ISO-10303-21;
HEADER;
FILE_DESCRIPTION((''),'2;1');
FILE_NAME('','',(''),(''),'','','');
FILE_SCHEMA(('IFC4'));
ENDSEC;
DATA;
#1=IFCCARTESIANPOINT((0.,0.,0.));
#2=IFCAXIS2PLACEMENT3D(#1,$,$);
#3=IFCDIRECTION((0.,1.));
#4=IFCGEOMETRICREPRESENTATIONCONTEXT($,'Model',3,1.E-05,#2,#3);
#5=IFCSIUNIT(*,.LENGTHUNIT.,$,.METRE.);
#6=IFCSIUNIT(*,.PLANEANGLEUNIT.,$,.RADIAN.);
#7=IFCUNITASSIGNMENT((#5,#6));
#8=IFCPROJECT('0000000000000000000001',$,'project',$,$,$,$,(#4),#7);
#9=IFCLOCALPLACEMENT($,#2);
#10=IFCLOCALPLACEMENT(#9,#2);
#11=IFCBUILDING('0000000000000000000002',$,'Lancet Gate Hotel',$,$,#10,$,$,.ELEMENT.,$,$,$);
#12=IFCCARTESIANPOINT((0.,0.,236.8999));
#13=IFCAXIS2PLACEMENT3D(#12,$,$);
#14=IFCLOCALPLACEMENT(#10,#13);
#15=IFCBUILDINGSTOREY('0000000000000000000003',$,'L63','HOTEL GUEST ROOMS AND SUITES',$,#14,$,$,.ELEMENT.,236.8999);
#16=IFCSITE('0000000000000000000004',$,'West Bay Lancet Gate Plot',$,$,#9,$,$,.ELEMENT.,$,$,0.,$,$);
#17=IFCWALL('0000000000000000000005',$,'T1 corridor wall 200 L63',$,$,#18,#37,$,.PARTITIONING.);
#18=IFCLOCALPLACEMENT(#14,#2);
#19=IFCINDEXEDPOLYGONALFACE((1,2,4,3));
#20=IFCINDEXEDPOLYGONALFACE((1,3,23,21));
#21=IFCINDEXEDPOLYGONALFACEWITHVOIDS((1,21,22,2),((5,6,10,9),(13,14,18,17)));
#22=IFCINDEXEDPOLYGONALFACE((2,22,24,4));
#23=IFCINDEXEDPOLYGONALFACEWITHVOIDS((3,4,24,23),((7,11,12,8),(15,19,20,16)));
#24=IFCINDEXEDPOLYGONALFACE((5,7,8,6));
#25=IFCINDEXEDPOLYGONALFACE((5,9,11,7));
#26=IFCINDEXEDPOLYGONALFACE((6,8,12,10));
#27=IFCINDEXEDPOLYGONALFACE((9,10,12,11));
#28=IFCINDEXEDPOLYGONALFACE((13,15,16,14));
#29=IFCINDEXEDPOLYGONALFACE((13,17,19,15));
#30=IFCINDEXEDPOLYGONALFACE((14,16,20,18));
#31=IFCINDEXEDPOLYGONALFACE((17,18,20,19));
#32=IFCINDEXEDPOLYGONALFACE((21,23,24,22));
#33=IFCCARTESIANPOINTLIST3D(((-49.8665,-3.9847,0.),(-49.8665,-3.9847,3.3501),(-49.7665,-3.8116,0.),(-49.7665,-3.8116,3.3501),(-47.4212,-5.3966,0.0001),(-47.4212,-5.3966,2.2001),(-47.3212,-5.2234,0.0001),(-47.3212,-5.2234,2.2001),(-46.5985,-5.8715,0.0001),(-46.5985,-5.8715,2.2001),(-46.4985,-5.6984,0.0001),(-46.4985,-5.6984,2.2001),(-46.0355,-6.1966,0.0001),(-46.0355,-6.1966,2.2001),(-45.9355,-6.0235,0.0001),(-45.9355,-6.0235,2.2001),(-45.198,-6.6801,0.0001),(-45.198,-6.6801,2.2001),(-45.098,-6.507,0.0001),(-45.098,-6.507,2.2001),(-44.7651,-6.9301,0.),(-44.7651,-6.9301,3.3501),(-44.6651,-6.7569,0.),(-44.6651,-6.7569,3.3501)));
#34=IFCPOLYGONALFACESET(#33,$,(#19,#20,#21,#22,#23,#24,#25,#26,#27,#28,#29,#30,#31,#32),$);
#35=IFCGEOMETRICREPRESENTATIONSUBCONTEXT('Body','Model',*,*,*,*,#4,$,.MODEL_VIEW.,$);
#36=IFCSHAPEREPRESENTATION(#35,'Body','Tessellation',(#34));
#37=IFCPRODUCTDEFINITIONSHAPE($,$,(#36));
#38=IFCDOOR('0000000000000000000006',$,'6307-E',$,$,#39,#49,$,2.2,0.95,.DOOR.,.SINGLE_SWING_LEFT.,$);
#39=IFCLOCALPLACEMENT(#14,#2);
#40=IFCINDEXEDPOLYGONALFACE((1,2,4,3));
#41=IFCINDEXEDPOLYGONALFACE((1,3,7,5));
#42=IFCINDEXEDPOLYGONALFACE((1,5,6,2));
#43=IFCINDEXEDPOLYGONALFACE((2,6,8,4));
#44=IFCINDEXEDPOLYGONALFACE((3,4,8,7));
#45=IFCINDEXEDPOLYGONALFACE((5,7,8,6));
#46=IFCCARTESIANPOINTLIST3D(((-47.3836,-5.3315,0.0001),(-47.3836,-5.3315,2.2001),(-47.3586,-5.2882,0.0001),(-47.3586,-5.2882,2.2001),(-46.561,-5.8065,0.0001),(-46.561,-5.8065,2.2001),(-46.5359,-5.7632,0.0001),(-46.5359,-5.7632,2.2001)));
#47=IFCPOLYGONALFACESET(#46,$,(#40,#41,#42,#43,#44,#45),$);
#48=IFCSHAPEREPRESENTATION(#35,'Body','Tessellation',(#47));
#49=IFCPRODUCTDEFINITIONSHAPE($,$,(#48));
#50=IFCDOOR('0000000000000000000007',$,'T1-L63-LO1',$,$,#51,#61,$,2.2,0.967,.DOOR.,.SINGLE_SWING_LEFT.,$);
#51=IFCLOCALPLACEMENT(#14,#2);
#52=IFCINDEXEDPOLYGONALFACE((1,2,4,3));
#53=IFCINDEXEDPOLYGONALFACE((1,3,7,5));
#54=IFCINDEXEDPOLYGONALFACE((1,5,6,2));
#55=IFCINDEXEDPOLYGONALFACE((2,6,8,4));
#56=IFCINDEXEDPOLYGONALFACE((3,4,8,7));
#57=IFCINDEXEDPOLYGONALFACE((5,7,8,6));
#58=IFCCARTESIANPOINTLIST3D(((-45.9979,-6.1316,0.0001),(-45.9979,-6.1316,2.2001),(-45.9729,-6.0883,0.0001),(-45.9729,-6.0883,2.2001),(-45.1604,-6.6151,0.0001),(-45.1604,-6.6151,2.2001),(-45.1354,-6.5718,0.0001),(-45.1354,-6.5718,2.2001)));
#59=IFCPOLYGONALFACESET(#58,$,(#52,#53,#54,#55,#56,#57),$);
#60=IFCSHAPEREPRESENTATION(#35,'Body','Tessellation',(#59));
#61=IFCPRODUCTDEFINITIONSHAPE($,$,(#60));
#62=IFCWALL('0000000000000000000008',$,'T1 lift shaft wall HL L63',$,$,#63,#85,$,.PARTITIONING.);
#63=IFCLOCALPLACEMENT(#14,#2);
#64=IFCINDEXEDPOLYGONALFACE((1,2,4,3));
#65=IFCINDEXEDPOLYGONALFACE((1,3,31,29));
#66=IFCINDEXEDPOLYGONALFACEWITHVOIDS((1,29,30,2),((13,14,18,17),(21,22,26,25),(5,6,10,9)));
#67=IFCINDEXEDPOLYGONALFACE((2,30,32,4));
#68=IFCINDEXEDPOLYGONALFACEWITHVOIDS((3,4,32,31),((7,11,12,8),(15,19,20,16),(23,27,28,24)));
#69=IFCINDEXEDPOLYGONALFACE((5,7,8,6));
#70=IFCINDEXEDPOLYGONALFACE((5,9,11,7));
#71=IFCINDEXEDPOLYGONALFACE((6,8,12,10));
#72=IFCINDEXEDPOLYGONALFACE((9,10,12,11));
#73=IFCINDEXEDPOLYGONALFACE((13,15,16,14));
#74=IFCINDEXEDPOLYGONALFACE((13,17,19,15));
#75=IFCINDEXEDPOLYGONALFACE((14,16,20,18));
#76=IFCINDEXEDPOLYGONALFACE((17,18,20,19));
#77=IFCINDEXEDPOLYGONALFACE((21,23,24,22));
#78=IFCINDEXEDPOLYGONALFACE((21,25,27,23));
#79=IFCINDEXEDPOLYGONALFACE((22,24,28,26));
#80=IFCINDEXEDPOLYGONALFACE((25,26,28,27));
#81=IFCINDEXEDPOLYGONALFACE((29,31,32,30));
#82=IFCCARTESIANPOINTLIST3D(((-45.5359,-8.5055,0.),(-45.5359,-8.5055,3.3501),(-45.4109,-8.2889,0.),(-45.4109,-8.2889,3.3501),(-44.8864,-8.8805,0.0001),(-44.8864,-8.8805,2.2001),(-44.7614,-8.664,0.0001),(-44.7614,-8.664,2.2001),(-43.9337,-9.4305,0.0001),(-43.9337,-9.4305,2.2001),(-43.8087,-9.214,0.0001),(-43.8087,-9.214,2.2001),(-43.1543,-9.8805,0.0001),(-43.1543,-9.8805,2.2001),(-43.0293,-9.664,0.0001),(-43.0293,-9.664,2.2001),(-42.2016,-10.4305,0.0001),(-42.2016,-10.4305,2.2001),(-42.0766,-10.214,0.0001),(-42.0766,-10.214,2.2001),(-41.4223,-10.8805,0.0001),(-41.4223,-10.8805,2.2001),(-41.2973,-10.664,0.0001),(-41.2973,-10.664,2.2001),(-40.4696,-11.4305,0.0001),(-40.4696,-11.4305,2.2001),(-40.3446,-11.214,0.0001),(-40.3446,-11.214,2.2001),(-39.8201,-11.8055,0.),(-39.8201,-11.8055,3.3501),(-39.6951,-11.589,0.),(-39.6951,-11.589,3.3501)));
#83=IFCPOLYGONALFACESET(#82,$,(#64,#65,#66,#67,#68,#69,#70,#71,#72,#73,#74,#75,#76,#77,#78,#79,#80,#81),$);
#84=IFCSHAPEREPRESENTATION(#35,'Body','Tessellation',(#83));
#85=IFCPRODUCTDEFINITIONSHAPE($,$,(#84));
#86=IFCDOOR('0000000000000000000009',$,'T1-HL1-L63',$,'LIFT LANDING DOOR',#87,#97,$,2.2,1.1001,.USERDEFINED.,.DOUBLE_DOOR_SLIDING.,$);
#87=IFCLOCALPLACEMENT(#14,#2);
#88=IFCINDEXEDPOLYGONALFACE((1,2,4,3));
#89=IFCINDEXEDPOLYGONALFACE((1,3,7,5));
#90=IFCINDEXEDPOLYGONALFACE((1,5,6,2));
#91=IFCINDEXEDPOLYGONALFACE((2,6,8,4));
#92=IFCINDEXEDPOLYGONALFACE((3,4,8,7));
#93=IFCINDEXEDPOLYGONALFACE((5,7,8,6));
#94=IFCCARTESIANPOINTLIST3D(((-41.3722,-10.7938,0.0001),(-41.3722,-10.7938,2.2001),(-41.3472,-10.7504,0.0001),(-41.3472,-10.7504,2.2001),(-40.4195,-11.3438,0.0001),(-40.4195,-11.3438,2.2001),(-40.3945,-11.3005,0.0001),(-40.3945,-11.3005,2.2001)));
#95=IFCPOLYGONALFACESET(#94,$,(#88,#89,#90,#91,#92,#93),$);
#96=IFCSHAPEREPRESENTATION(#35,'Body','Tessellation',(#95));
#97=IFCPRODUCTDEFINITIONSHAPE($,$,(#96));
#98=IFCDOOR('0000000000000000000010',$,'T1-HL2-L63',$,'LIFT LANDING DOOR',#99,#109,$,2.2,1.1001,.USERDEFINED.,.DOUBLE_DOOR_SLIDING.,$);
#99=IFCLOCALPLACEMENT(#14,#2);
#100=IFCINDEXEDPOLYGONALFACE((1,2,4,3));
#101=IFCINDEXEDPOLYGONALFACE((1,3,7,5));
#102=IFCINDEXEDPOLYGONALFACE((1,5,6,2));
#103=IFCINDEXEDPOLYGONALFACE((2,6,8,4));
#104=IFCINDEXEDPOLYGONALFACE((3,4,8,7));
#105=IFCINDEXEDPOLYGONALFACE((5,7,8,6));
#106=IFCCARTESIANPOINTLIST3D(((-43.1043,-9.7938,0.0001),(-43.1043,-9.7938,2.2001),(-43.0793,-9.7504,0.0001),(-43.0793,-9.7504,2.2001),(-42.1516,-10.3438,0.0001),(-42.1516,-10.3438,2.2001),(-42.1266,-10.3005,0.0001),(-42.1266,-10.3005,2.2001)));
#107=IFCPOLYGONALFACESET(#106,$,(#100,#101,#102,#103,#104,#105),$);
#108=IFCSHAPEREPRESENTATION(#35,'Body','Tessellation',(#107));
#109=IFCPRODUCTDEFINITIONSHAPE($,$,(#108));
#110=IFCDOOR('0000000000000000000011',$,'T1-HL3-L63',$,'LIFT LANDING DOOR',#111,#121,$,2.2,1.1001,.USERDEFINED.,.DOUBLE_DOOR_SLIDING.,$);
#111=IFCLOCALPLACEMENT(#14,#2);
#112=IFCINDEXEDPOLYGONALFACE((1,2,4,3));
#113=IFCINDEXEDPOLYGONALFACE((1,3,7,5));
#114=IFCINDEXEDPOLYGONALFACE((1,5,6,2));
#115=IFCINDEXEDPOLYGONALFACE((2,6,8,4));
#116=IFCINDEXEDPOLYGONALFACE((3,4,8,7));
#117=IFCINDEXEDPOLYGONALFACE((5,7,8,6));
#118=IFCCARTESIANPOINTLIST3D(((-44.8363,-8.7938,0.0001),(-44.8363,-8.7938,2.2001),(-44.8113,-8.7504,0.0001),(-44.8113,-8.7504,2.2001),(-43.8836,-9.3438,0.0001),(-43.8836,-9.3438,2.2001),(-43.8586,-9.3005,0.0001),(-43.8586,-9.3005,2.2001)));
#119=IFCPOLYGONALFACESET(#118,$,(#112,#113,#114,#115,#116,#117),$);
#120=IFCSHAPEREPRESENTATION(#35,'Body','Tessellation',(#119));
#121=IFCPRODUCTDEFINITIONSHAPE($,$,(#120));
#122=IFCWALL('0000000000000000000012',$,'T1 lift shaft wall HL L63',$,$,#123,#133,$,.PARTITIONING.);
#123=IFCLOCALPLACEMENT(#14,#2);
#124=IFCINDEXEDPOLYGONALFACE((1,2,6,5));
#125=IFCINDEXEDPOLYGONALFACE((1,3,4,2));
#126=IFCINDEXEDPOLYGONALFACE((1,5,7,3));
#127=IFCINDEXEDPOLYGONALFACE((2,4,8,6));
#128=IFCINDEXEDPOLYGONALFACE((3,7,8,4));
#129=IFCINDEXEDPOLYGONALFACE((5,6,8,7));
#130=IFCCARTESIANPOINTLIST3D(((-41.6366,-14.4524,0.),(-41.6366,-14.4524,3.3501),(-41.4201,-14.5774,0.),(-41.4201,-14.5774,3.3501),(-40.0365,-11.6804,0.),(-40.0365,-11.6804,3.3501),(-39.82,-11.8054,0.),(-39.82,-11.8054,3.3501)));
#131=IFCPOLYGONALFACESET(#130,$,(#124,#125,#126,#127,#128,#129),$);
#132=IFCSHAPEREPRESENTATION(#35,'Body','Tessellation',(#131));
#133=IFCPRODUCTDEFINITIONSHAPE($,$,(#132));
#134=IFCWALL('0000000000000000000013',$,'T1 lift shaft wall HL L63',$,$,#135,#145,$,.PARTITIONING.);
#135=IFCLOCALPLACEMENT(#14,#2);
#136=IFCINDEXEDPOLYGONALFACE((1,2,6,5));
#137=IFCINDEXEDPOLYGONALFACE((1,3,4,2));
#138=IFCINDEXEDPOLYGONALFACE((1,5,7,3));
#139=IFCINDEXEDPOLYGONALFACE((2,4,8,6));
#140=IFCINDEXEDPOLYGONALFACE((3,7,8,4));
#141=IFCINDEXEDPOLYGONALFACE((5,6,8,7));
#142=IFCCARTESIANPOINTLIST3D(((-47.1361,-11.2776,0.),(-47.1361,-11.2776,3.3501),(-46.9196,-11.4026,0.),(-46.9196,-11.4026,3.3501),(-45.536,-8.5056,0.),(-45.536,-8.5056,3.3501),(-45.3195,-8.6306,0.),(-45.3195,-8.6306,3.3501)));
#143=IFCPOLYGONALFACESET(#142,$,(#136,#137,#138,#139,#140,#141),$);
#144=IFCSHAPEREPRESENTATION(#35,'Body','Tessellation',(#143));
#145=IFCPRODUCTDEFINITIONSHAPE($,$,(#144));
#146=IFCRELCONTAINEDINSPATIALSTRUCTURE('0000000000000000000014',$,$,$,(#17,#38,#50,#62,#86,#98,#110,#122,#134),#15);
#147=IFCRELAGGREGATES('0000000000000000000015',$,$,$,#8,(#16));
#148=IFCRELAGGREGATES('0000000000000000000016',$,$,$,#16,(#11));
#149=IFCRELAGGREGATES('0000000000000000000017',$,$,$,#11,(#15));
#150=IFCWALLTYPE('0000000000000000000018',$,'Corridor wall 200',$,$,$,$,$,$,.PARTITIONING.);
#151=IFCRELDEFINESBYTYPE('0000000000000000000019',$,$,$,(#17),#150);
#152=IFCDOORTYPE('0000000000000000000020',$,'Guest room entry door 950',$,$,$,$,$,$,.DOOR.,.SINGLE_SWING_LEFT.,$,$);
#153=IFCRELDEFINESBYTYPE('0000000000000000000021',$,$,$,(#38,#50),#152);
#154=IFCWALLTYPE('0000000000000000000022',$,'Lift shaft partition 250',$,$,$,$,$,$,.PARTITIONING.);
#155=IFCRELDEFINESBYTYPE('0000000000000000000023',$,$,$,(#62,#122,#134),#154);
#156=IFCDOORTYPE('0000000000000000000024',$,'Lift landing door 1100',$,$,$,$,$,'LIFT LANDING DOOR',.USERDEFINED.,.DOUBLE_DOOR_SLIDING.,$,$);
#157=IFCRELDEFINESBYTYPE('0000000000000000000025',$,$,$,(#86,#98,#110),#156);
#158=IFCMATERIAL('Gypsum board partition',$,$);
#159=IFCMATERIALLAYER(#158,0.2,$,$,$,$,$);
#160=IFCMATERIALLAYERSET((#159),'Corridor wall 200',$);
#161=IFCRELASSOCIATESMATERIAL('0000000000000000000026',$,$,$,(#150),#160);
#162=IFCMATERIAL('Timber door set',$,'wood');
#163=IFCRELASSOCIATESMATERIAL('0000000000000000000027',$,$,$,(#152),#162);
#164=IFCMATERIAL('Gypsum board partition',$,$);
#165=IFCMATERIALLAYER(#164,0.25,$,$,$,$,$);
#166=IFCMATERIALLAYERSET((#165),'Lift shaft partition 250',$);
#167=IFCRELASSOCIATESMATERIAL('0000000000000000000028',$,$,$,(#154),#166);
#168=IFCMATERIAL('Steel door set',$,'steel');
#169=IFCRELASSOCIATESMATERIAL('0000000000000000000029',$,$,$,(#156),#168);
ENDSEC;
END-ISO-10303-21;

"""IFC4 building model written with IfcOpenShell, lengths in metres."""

from ifc_helpers import new_model, si_unit, direction, frame, frame_2d, origin, place, context, subcontext, project, spatial, rectangle, extrude, material, layer, layer_set, type_object, element, fill, save


model = new_model("IFC4")

# Units and contexts
model_context = context("Model", 3, precision=1e-05, world=origin(), true_north=direction((0.0, 1.0)))
body_context = subcontext(model_context, "Body", "Model", "MODEL_VIEW")
ifc_project = project(units=[si_unit("LENGTHUNIT", "METRE"), si_unit("PLANEANGLEUNIT", "RADIAN")], contexts=[model_context])

# Site, building, storey
site_placement = place(None, origin())
site = spatial("IfcSite", under=ifc_project, at=site_placement, Name="West Bay Lancet Gate Plot", CompositionType="ELEMENT", RefElevation=0.0)
building_placement = place(site_placement, origin())
building = spatial("IfcBuilding", under=site, at=building_placement, Name="Lancet Gate Hotel", CompositionType="ELEMENT")
storey_placement = place(building_placement, frame((0.0, 0.0, 236.8999)))
storey = spatial("IfcBuildingStorey", under=building, at=storey_placement, Name="L63", Description="HOTEL GUEST ROOMS AND SUITES", CompositionType="ELEMENT", Elevation=236.8999)

# Walls, openings, doors
ifc_material_1 = material(Name="Gypsum board partition")
ifc_layer_1 = layer(ifc_material_1, 0.2)
ifc_layer_set_1 = layer_set([ifc_layer_1], Name="Corridor wall 200")
wall_type_1 = type_object("IfcWallType", Name="Corridor wall 200", PredefinedType="PARTITIONING", material=ifc_layer_set_1)
wall_1_placement = place(storey_placement, frame((-44.7151, -6.8435, 0.0), z_axis=(0.0, 0.0, 1.0), x_axis=(-0.866021, 0.500008, 0.0)))
wall_1 = element("IfcWall", 1, at=wall_1_placement, inside=storey, type_object=wall_type_1, Name="T1 corridor wall 200 L63", PredefinedType="PARTITIONING", context=body_context, shape_type="SweptSolid", body=[
    extrude(rectangle(XDim=5.8906, YDim=0.2, at=frame_2d((2.9453, 0.0))), origin(), (0.0, 0.0, 1.0), 3.3501),
])
opening_1_placement = place(wall_1_placement, frame((2.1169, 0.0, 0.0)))
opening_1 = element("IfcOpeningElement", 2, at=opening_1_placement, cuts=wall_1, PredefinedType="OPENING", context=body_context, shape_type="SweptSolid", body=[
    extrude(rectangle(XDim=0.95, YDim=2.2, at=frame_2d((0.4751, 1.1001))), frame((0.0, 0.1099, 0.0), z_axis=(0.0, -1.0, 0.0), x_axis=(1.0, 0.0, 0.0)), (0.0, 0.0, 1.0), 0.22),
])
opening_2_placement = place(wall_1_placement, frame((0.5, 0.0, 0.0)))
opening_2 = element("IfcOpeningElement", 3, at=opening_2_placement, cuts=wall_1, PredefinedType="OPENING", context=body_context, shape_type="SweptSolid", body=[
    extrude(rectangle(XDim=0.967, YDim=2.2, at=frame_2d((0.4834, 1.1001))), frame((0.0, 0.1099, 0.0), z_axis=(0.0, -1.0, 0.0), x_axis=(1.0, 0.0, 0.0)), (0.0, 0.0, 1.0), 0.22),
])
ifc_material_2 = material(Name="Timber door set", Category="wood")
door_type_1 = type_object("IfcDoorType", Name="Guest room entry door 950", OperationType="SINGLE_SWING_LEFT", PredefinedType="DOOR", material=ifc_material_2)
door_1_placement = place(opening_1_placement, origin())
door_1 = element("IfcDoor", 4, at=door_1_placement, inside=storey, type_object=door_type_1, Name="6307-E", OperationType="SINGLE_SWING_LEFT", OverallHeight=2.2, OverallWidth=0.95, PredefinedType="DOOR", context=body_context, shape_type="SweptSolid", body=[
    extrude(rectangle(XDim=0.95, YDim=2.2, at=frame_2d((0.4751, 1.1001))), frame((0.0, 0.0249, 0.0), z_axis=(0.0, -1.0, 0.0), x_axis=(1.0, 0.0, 0.0)), (0.0, 0.0, 1.0), 0.05),
])
fill(opening_1, door_1)
door_2_placement = place(opening_2_placement, origin())
door_2 = element("IfcDoor", 5, at=door_2_placement, inside=storey, type_object=door_type_1, Name="T1-L63-LO1", OperationType="SINGLE_SWING_LEFT", OverallHeight=2.2, OverallWidth=0.967, PredefinedType="DOOR", context=body_context, shape_type="SweptSolid", body=[
    extrude(rectangle(XDim=0.967, YDim=2.2, at=frame_2d((0.4834, 1.1001))), frame((0.0, 0.0249, 0.0), z_axis=(0.0, -1.0, 0.0), x_axis=(1.0, 0.0, 0.0)), (0.0, 0.0, 1.0), 0.05),
])
fill(opening_2, door_2)
ifc_material_3 = material(Name="Gypsum board partition")
ifc_layer_2 = layer(ifc_material_3, 0.25)
ifc_layer_set_2 = layer_set([ifc_layer_2], Name="Lift shaft partition 250")
wall_type_2 = type_object("IfcWallType", Name="Lift shaft partition 250", PredefinedType="PARTITIONING", material=ifc_layer_set_2)
wall_2_placement = place(storey_placement, frame((-39.7576, -11.6973, 0.0), z_axis=(0.0, 0.0, 1.0), x_axis=(-0.866024, 0.500002, 0.0)))
wall_2 = element("IfcWall", 6, at=wall_2_placement, inside=storey, type_object=wall_type_2, Name="T1 lift shaft wall HL L63", PredefinedType="PARTITIONING", context=body_context, shape_type="SweptSolid", body=[
    extrude(rectangle(XDim=6.6001, YDim=0.25, at=frame_2d((3.3, 0.0))), origin(), (0.0, 0.0, 1.0), 3.3501),
])
opening_3_placement = place(wall_2_placement, frame((0.75, 0.0, 0.0)))
opening_3 = element("IfcOpeningElement", 7, at=opening_3_placement, cuts=wall_2, PredefinedType="OPENING", context=body_context, shape_type="SweptSolid", body=[
    extrude(rectangle(XDim=1.1001, YDim=2.2, at=frame_2d((0.55, 1.1001))), frame((0.0, 0.135, 0.0), z_axis=(0.0, -1.0, 0.0), x_axis=(1.0, 0.0, 0.0)), (0.0, 0.0, 1.0), 0.27),
])
opening_4_placement = place(wall_2_placement, frame((2.75, 0.0, 0.0)))
opening_4 = element("IfcOpeningElement", 8, at=opening_4_placement, cuts=wall_2, PredefinedType="OPENING", context=body_context, shape_type="SweptSolid", body=[
    extrude(rectangle(XDim=1.1001, YDim=2.2, at=frame_2d((0.55, 1.1001))), frame((0.0, 0.135, 0.0), z_axis=(0.0, -1.0, 0.0), x_axis=(1.0, 0.0, 0.0)), (0.0, 0.0, 1.0), 0.27),
])
opening_5_placement = place(wall_2_placement, frame((4.75, 0.0, 0.0)))
opening_5 = element("IfcOpeningElement", 9, at=opening_5_placement, cuts=wall_2, PredefinedType="OPENING", context=body_context, shape_type="SweptSolid", body=[
    extrude(rectangle(XDim=1.1001, YDim=2.2, at=frame_2d((0.55, 1.1001))), frame((0.0, 0.135, 0.0), z_axis=(0.0, -1.0, 0.0), x_axis=(1.0, 0.0, 0.0)), (0.0, 0.0, 1.0), 0.27),
])
ifc_material_4 = material(Name="Steel door set", Category="steel")
door_type_2 = type_object("IfcDoorType", Name="Lift landing door 1100", ElementType="LIFT LANDING DOOR", OperationType="DOUBLE_DOOR_SLIDING", PredefinedType="USERDEFINED", material=ifc_material_4)
door_3_placement = place(opening_3_placement, origin())
door_3 = element("IfcDoor", 10, at=door_3_placement, inside=storey, type_object=door_type_2, Name="T1-HL1-L63", ObjectType="LIFT LANDING DOOR", OperationType="DOUBLE_DOOR_SLIDING", OverallHeight=2.2, OverallWidth=1.1001, PredefinedType="USERDEFINED", context=body_context, shape_type="SweptSolid", body=[
    extrude(rectangle(XDim=1.1001, YDim=2.2, at=frame_2d((0.55, 1.1001))), frame((0.0, 0.0249, 0.0), z_axis=(0.0, -1.0, 0.0), x_axis=(1.0, 0.0, 0.0)), (0.0, 0.0, 1.0), 0.05),
])
fill(opening_3, door_3)
door_4_placement = place(opening_4_placement, origin())
door_4 = element("IfcDoor", 11, at=door_4_placement, inside=storey, type_object=door_type_2, Name="T1-HL2-L63", ObjectType="LIFT LANDING DOOR", OperationType="DOUBLE_DOOR_SLIDING", OverallHeight=2.2, OverallWidth=1.1001, PredefinedType="USERDEFINED", context=body_context, shape_type="SweptSolid", body=[
    extrude(rectangle(XDim=1.1001, YDim=2.2, at=frame_2d((0.55, 1.1001))), frame((0.0, 0.0249, 0.0), z_axis=(0.0, -1.0, 0.0), x_axis=(1.0, 0.0, 0.0)), (0.0, 0.0, 1.0), 0.05),
])
fill(opening_4, door_4)
door_5_placement = place(opening_5_placement, origin())
door_5 = element("IfcDoor", 12, at=door_5_placement, inside=storey, type_object=door_type_2, Name="T1-HL3-L63", ObjectType="LIFT LANDING DOOR", OperationType="DOUBLE_DOOR_SLIDING", OverallHeight=2.2, OverallWidth=1.1001, PredefinedType="USERDEFINED", context=body_context, shape_type="SweptSolid", body=[
    extrude(rectangle(XDim=1.1001, YDim=2.2, at=frame_2d((0.55, 1.1001))), frame((0.0, 0.0249, 0.0), z_axis=(0.0, -1.0, 0.0), x_axis=(1.0, 0.0, 0.0)), (0.0, 0.0, 1.0), 0.05),
])
fill(opening_5, door_5)

# Walls
for number, where, z_axis, x_axis, name in (
    (13, (-39.9282, -11.7429, 0.0), (0.0, 0.0, 1.0), (-0.499929, -0.866066, 0.0), "T1 lift shaft wall HL L63"),
    (14, (-45.4277, -8.5681, 0.0), (0.0, 0.0, 1.0), (-0.499929, -0.866066, 0.0), "T1 lift shaft wall HL L63"),
):
    element("IfcWall", number, at=place(storey_placement, frame(where, z_axis=z_axis, x_axis=x_axis)), inside=storey, type_object=wall_type_2, Name=name, PredefinedType="PARTITIONING", context=body_context, shape_type="SweptSolid", body=[
        extrude(rectangle(XDim=3.2007, YDim=0.25, at=frame_2d((1.6003, 0.0))), origin(), (0.0, 0.0, 1.0), 3.3501),
    ])

save(model, "model.ifc")
